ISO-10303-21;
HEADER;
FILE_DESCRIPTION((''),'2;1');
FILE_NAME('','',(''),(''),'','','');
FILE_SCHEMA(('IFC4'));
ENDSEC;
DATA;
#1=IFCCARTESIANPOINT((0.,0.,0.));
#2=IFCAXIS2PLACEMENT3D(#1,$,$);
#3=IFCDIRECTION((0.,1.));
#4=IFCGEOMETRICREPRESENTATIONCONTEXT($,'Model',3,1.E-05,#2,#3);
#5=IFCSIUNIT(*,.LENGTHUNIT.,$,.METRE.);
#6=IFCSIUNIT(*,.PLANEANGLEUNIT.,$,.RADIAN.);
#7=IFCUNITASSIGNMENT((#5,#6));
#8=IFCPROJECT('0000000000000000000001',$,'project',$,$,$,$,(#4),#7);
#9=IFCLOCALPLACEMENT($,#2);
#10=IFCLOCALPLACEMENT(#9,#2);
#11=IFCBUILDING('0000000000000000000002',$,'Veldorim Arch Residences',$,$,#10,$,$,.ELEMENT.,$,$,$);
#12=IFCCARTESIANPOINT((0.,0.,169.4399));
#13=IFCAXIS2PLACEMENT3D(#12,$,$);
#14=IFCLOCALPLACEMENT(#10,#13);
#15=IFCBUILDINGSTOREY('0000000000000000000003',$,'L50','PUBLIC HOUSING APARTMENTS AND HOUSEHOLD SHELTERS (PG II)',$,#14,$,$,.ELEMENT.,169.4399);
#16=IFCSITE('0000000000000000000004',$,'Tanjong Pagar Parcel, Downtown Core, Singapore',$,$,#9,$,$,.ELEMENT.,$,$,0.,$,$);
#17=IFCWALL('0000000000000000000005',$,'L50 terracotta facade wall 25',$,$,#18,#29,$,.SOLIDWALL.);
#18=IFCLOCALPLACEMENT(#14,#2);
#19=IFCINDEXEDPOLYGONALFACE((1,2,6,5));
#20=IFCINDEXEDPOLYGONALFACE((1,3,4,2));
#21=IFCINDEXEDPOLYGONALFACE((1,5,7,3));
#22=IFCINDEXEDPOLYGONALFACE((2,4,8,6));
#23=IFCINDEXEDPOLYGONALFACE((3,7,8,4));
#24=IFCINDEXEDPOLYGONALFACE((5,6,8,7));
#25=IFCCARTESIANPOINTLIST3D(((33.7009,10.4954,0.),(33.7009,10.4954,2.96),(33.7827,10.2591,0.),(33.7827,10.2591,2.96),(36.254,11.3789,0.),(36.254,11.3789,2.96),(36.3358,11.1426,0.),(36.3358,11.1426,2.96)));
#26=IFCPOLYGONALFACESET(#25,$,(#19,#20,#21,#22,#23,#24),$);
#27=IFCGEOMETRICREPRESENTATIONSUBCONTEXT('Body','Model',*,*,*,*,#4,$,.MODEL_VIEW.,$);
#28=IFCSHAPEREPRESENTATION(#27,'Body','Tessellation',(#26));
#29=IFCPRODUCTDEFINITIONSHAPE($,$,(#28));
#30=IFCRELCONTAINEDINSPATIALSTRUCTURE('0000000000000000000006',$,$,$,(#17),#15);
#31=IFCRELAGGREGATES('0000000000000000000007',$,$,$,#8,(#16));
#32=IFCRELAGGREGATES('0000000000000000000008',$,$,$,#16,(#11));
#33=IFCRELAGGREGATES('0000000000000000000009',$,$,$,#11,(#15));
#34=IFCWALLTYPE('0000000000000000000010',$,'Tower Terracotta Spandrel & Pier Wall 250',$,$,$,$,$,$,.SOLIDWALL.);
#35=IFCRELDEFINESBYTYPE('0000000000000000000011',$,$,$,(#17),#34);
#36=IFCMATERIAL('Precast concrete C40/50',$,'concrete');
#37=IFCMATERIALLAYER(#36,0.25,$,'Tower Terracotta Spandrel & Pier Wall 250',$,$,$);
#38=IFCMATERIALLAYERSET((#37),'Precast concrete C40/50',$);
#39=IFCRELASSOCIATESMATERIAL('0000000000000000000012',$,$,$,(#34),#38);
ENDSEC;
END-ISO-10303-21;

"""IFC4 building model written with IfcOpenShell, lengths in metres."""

from ifc_helpers import new_model, si_unit, direction, frame, frame_2d, origin, place, context, subcontext, project, spatial, rectangle, extrude, material, layer, layer_set, type_object, element, save


model = new_model("IFC4")

# Units and contexts
model_context = context("Model", 3, precision=1e-05, world=origin(), true_north=direction((0.0, 1.0)))
body_context = subcontext(model_context, "Body", "Model", "MODEL_VIEW")
ifc_project = project(units=[si_unit("LENGTHUNIT", "METRE"), si_unit("PLANEANGLEUNIT", "RADIAN")], contexts=[model_context])

# Site, building, storey
site_placement = place(None, origin())
site = spatial("IfcSite", under=ifc_project, at=site_placement, Name="Tanjong Pagar Parcel, Downtown Core, Singapore", CompositionType="ELEMENT", RefElevation=0.0)
building_placement = place(site_placement, origin())
building = spatial("IfcBuilding", under=site, at=building_placement, Name="Veldorim Arch Residences", CompositionType="ELEMENT")
storey_placement = place(building_placement, frame((0.0, 0.0, 169.4399)))
storey = spatial("IfcBuildingStorey", under=building, at=storey_placement, Name="L50", Description="PUBLIC HOUSING APARTMENTS AND HOUSEHOLD SHELTERS (PG II)", CompositionType="ELEMENT", Elevation=169.4399)

# Shared definitions
ifc_material_1 = material(Name="Precast concrete C40/50", Category="concrete")
ifc_layer_1 = layer(ifc_material_1, 0.25, Name="Tower Terracotta Spandrel & Pier Wall 250")
ifc_layer_set_1 = layer_set([ifc_layer_1], Name="Precast concrete C40/50")
wall_type_1 = type_object("IfcWallType", Name="Tower Terracotta Spandrel & Pier Wall 250", PredefinedType="SOLIDWALL", material=ifc_layer_set_1)

# Wall
wall_1_placement = place(storey_placement, frame((36.2949, 11.2607, 0.0), z_axis=(0.0, 0.0, 1.0), x_axis=(-0.945016, -0.327024, 0.0)))
element("IfcWall", 1, at=wall_1_placement, inside=storey, type_object=wall_type_1, Name="L50 terracotta facade wall 25", PredefinedType="SOLIDWALL", context=body_context, shape_type="SweptSolid", body=[
    extrude(rectangle(XDim=2.7017, YDim=0.25, at=frame_2d((1.3508, 0.0))), origin(), (0.0, 0.0, 1.0), 2.96),
])

save(model, "model.ifc")
